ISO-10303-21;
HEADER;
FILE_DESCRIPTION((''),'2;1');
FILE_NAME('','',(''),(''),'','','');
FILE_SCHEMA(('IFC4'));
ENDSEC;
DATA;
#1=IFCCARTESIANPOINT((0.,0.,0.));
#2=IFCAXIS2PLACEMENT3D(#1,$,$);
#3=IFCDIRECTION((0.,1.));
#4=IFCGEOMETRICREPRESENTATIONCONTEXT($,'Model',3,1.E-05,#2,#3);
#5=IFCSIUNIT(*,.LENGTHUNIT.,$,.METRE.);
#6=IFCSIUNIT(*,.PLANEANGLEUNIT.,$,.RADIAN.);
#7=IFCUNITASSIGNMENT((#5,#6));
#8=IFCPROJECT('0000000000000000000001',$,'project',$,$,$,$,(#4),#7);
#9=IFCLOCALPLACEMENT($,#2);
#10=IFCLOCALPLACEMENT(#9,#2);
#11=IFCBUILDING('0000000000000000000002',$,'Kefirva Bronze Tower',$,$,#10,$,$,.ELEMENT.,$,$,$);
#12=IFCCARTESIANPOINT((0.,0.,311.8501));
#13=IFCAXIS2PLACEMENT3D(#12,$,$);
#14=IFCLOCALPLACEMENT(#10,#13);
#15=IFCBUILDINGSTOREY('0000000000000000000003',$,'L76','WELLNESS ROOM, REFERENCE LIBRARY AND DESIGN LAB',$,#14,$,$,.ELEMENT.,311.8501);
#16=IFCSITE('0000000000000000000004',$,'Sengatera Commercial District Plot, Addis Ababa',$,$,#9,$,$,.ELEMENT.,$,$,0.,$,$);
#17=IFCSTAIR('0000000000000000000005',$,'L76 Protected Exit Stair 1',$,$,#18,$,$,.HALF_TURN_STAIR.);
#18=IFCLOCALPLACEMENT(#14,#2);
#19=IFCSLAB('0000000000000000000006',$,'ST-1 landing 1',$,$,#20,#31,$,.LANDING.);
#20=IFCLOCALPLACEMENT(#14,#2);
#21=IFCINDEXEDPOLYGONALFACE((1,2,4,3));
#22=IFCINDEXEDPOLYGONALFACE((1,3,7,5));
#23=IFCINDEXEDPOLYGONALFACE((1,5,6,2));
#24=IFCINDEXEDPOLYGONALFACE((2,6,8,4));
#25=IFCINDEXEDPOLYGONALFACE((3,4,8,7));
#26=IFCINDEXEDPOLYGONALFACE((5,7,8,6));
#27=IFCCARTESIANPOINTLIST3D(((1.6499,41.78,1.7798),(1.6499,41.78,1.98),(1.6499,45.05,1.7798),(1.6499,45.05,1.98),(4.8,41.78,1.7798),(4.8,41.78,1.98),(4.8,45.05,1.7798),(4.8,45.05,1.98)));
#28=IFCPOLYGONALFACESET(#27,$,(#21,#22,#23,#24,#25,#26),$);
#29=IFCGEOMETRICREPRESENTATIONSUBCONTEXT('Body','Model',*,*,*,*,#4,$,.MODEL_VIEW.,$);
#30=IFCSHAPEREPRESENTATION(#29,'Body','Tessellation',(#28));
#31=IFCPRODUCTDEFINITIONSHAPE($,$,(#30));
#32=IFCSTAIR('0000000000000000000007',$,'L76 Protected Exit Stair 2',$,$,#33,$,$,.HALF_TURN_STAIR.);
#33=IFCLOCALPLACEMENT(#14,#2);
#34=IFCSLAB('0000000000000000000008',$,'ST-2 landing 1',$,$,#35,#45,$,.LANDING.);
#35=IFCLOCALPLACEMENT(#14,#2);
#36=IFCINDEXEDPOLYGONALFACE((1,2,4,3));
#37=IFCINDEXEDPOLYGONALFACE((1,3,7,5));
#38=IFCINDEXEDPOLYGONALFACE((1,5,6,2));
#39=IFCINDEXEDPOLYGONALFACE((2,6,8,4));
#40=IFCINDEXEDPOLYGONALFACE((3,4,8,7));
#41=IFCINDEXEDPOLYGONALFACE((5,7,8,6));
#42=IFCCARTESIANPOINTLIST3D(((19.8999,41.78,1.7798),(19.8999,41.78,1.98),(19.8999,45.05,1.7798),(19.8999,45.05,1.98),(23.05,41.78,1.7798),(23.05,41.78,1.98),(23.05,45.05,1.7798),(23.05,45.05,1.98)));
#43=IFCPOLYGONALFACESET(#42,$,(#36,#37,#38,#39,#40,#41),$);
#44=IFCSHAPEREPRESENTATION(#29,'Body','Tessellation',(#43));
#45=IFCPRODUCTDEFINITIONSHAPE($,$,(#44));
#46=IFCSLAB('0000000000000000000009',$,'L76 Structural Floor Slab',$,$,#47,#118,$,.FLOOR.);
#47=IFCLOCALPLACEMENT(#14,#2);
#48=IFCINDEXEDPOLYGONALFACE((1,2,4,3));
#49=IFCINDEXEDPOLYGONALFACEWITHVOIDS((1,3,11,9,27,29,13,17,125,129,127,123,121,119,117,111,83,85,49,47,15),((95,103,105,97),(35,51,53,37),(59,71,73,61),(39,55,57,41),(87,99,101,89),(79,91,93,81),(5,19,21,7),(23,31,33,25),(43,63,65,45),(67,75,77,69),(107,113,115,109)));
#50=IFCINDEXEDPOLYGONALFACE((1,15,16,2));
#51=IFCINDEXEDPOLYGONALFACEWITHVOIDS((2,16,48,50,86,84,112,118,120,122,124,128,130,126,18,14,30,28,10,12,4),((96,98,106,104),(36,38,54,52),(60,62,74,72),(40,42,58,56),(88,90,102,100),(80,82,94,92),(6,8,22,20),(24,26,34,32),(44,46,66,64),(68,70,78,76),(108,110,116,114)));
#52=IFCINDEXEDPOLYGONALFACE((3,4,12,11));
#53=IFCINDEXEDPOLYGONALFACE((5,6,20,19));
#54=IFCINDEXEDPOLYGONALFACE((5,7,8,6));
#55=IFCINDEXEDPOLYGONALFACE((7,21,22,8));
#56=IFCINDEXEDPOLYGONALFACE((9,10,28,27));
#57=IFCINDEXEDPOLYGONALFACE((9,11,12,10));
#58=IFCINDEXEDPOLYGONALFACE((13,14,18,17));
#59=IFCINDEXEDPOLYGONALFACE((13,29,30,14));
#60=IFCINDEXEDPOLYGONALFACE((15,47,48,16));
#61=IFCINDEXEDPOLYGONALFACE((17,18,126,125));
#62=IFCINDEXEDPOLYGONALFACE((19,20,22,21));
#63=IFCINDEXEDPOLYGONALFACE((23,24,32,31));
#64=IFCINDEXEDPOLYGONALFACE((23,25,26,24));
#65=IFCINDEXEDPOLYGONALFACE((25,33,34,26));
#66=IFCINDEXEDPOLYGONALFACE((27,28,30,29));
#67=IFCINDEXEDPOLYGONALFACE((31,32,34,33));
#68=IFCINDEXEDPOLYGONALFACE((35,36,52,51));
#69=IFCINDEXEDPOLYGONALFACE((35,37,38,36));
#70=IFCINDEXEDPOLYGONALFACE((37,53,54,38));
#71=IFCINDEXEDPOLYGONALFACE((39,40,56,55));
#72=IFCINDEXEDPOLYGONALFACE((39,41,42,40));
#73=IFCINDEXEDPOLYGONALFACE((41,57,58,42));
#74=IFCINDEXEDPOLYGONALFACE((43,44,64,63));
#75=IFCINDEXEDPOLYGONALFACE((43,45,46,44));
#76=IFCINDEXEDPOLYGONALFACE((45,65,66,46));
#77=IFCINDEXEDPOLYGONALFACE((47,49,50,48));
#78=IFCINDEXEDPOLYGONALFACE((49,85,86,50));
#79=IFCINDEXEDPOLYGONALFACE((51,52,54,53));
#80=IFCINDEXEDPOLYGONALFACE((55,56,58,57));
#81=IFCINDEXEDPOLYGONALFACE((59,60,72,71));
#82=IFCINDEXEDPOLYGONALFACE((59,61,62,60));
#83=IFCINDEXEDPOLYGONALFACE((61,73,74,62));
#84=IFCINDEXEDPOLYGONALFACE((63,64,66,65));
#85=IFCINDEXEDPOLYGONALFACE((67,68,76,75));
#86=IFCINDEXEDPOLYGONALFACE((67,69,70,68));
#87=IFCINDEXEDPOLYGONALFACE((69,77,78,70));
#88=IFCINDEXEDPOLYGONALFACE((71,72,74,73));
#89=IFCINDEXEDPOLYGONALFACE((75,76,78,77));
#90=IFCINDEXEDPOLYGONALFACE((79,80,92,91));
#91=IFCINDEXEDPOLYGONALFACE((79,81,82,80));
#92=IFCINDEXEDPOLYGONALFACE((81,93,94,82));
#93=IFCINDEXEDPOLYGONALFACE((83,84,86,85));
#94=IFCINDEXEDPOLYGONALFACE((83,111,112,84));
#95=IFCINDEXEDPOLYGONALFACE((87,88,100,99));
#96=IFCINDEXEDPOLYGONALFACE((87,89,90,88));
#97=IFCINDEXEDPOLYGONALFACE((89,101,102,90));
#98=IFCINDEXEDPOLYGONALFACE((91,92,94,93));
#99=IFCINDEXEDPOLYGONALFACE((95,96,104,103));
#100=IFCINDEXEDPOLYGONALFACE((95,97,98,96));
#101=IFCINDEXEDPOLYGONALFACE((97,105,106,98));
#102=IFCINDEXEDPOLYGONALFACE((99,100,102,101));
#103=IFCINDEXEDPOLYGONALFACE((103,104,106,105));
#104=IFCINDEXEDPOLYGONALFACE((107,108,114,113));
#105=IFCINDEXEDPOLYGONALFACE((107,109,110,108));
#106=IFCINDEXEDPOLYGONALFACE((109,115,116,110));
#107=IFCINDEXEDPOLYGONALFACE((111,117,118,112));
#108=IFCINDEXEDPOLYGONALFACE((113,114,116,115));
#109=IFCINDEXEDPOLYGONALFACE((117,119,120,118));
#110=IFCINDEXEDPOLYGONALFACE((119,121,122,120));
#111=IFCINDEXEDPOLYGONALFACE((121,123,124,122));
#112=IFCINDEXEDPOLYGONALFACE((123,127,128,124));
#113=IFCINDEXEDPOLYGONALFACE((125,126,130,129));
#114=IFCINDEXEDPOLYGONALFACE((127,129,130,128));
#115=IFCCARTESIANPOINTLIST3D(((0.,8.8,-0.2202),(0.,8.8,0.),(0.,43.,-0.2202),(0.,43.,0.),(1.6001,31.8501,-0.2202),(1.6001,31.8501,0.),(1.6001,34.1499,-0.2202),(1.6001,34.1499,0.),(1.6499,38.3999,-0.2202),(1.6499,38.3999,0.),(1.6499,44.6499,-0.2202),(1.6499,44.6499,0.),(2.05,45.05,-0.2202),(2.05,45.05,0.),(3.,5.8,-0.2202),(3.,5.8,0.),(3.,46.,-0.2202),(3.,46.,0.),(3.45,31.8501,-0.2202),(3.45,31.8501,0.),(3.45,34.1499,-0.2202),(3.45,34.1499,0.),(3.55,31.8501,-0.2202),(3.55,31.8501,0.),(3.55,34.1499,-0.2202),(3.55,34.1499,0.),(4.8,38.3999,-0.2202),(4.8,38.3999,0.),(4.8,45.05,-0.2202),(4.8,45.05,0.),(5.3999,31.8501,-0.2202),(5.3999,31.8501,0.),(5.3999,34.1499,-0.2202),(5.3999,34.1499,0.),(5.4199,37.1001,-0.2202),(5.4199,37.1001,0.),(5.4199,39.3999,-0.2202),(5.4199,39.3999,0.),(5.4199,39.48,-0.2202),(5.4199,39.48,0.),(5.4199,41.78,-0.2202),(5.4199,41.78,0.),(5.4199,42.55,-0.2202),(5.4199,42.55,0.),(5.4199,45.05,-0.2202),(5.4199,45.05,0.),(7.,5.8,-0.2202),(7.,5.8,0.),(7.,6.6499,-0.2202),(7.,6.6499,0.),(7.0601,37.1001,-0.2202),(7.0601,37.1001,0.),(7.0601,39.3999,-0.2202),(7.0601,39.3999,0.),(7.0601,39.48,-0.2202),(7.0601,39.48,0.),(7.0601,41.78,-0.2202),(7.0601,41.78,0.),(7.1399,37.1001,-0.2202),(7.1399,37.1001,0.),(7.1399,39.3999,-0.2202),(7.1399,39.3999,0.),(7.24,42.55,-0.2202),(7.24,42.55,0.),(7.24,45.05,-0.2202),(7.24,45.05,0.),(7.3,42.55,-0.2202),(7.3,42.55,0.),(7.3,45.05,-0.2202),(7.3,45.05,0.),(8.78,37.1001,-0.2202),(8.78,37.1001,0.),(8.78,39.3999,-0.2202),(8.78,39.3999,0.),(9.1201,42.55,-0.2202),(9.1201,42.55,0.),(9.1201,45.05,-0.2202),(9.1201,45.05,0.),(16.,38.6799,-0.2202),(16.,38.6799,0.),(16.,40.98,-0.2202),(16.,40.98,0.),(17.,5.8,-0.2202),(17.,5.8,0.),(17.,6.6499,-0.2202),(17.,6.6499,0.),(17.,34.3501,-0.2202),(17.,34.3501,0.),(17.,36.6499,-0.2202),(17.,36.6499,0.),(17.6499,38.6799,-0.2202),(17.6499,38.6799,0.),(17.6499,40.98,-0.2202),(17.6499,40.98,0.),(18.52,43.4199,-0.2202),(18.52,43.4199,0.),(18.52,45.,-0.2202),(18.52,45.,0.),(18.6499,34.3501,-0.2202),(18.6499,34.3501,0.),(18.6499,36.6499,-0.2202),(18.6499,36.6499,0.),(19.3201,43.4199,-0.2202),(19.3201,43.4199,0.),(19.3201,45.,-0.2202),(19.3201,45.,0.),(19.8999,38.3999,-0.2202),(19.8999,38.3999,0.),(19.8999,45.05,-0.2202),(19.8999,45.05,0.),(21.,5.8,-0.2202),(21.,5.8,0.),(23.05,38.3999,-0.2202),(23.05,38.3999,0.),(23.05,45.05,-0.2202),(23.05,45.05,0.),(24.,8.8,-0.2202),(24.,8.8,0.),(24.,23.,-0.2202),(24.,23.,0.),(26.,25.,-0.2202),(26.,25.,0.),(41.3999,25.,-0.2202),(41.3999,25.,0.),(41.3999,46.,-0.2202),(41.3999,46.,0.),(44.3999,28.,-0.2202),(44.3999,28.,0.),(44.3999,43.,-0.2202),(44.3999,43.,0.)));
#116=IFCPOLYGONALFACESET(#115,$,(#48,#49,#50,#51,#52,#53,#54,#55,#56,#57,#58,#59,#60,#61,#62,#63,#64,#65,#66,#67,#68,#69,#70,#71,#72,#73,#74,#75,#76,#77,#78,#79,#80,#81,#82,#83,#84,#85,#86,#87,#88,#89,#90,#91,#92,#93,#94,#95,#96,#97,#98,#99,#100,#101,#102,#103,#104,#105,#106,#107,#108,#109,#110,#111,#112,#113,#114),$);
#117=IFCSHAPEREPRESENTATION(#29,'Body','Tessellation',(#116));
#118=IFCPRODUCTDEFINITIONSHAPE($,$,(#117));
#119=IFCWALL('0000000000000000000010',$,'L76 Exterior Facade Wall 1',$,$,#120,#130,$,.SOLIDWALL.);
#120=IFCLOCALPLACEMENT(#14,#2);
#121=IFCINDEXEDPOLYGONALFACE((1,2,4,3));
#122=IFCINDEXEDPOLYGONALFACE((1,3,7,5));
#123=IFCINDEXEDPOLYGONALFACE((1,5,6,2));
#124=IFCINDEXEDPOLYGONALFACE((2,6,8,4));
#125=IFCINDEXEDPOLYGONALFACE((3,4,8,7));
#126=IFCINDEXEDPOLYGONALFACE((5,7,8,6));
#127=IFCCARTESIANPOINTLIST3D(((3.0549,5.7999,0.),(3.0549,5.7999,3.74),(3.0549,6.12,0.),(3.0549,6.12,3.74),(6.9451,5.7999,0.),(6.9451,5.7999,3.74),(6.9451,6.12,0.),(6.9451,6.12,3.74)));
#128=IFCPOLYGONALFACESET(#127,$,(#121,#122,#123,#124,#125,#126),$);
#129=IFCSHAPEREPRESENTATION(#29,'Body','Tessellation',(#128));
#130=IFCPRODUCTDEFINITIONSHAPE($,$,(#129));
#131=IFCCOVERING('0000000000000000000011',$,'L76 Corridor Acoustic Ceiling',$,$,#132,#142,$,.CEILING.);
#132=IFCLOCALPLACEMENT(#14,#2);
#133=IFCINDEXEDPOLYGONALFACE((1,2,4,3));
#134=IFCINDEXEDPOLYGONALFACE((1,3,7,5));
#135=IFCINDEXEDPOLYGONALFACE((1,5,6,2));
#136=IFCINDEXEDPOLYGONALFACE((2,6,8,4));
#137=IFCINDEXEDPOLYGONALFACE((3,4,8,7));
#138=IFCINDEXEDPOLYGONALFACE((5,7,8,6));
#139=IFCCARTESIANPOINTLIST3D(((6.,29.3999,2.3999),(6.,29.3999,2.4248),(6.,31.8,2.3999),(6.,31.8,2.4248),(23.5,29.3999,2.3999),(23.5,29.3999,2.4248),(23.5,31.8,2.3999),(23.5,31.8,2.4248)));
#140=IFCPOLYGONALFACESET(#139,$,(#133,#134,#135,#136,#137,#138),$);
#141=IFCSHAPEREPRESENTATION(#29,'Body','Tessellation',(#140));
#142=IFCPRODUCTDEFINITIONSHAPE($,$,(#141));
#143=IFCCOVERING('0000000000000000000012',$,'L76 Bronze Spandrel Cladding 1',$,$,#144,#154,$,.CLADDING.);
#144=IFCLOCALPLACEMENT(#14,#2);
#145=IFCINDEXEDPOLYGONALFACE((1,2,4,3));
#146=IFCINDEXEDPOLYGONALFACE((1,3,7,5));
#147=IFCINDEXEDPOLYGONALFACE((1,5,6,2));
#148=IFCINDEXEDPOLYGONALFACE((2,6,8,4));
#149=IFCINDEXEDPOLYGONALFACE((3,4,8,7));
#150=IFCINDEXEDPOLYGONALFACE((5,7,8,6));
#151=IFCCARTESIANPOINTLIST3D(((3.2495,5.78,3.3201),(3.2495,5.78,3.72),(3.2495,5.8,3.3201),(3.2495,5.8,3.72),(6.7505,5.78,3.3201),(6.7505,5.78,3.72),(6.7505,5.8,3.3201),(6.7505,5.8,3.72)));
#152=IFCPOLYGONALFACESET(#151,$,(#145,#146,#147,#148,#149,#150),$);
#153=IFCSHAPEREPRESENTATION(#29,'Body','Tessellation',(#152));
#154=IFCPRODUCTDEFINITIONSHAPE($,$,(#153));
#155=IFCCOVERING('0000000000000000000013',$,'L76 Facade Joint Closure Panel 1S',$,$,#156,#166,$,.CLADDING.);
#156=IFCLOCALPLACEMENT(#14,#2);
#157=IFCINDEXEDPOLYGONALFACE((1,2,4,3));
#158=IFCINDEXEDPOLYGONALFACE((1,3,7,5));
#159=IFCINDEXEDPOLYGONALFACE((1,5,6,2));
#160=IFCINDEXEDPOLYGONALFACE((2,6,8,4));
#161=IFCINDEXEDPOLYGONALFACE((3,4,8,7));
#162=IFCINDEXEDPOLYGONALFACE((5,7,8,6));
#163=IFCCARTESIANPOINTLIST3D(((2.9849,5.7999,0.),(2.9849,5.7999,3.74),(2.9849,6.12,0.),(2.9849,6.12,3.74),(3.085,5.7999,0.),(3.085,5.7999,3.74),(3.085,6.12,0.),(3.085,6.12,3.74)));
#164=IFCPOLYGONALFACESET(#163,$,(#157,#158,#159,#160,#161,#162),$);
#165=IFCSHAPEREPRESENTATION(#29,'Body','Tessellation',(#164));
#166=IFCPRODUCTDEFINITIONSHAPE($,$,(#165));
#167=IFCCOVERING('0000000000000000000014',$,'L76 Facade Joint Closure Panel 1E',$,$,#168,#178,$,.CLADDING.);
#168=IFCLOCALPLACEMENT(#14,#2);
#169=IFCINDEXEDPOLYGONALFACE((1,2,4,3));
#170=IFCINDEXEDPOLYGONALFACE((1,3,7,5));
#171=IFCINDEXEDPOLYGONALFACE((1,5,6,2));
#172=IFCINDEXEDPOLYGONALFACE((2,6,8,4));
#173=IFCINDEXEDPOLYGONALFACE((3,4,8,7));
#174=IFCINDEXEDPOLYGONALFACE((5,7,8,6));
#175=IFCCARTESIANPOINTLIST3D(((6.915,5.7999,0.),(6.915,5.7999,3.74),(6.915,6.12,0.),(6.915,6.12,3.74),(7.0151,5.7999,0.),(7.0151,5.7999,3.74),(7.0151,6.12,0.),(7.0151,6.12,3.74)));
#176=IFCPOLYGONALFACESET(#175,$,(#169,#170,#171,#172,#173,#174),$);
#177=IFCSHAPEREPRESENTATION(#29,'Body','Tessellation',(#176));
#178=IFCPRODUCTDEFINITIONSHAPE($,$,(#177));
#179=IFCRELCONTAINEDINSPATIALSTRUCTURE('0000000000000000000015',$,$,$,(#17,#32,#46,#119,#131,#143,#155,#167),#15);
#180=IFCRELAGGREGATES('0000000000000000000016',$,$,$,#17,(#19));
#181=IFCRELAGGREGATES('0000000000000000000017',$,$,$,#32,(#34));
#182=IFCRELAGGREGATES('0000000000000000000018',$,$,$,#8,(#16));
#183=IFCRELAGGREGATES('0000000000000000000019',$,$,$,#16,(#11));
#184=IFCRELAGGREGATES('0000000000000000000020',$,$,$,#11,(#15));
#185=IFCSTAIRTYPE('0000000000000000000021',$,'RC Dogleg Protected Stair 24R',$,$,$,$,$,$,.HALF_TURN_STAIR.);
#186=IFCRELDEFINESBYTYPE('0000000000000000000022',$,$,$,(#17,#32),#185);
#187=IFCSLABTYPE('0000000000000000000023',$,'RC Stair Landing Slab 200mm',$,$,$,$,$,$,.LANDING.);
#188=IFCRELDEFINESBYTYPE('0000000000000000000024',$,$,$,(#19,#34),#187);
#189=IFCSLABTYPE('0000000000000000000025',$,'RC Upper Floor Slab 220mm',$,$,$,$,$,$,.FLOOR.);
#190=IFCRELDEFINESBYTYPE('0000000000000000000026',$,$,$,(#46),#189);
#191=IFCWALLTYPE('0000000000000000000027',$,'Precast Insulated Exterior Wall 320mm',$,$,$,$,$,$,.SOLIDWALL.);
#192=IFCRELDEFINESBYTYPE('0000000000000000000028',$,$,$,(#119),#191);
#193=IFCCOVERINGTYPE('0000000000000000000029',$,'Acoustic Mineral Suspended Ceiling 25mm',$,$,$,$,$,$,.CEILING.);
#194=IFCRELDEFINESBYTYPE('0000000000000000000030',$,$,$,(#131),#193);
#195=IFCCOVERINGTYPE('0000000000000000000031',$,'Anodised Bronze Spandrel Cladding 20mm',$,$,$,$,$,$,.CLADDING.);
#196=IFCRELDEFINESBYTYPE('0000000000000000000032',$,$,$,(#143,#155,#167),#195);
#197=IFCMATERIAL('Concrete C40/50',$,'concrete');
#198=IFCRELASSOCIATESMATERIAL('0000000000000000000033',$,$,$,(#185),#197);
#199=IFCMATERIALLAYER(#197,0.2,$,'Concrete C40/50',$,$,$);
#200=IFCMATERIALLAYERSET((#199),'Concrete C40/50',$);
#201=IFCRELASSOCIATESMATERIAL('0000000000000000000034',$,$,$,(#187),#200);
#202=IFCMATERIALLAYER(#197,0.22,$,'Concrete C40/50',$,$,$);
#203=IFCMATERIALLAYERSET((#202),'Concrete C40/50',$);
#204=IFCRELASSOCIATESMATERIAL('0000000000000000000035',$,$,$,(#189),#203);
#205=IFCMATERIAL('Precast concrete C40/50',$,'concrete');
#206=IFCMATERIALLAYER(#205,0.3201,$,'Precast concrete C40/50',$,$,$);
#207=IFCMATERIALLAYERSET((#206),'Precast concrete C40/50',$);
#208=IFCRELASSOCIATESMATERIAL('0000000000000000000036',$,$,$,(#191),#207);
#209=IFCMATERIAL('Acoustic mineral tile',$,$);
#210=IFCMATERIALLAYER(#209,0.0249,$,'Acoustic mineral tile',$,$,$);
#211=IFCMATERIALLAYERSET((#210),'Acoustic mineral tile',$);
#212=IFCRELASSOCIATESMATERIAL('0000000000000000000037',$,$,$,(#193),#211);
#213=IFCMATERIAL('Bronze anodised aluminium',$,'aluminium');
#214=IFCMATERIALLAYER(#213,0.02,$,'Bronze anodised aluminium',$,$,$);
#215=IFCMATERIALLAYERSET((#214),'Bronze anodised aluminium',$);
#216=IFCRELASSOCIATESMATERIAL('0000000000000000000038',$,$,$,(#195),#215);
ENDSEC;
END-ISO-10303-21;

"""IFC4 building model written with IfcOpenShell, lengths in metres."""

from ifc_helpers import new_model, si_unit, direction, frame, frame_2d, origin, origin_2d, place, context, subcontext, project, spatial, polyline, rectangle, outline, extrude, material, layer, layer_set, type_object, element, aggregate, save


model = new_model("IFC4")

# Units and contexts
model_context = context("Model", 3, precision=1e-05, world=origin(), true_north=direction((0.0, 1.0)))
body_context = subcontext(model_context, "Body", "Model", "MODEL_VIEW")
ifc_project = project(units=[si_unit("LENGTHUNIT", "METRE"), si_unit("PLANEANGLEUNIT", "RADIAN")], contexts=[model_context])

# Site, building, storey
site_placement = place(None, origin())
site = spatial("IfcSite", under=ifc_project, at=site_placement, Name="Sengatera Commercial District Plot, Addis Ababa", CompositionType="ELEMENT", RefElevation=0.0)
building_placement = place(site_placement, origin())
building = spatial("IfcBuilding", under=site, at=building_placement, Name="Kefirva Bronze Tower", CompositionType="ELEMENT")
storey_placement = place(building_placement, frame((0.0, 0.0, 311.8501)))
storey = spatial("IfcBuildingStorey", under=building, at=storey_placement, Name="L76", Description="WELLNESS ROOM, REFERENCE LIBRARY AND DESIGN LAB", CompositionType="ELEMENT", Elevation=311.8501)

# Stairs, slabs
ifc_material_1 = material(Name="Concrete C40/50", Category="concrete")
stair_type = type_object("IfcStairType", Name="RC Dogleg Protected Stair 24R", PredefinedType="HALF_TURN_STAIR", material=ifc_material_1)
stair_1_placement = place(storey_placement, origin())
stair_1 = element("IfcStair", 1, at=stair_1_placement, inside=storey, type_object=stair_type, Name="L76 Protected Exit Stair 1", PredefinedType="HALF_TURN_STAIR")
ifc_layer_1 = layer(ifc_material_1, 0.2, Name="Concrete C40/50")
ifc_layer_set_1 = layer_set([ifc_layer_1], Name="Concrete C40/50")
slab_type_1 = type_object("IfcSlabType", Name="RC Stair Landing Slab 200mm", PredefinedType="LANDING", material=ifc_layer_set_1)
slab_1_placement = place(storey_placement, frame((0.0, 0.0, 1.7798)))
slab_1 = element("IfcSlab", 2, at=slab_1_placement, type_object=slab_type_1, Name="ST-1 landing 1", PredefinedType="LANDING", context=body_context, shape_type="SweptSolid", body=[
    extrude(outline(polyline([(4.8, 41.78), (4.8, 45.05), (1.6499, 45.05), (1.6499, 41.78), (4.8, 41.78)])), origin(), (0.0, 0.0, 1.0), 0.2002),
])
aggregate(stair_1, [slab_1])
stair_2_placement = place(storey_placement, origin())
stair_2 = element("IfcStair", 3, at=stair_2_placement, inside=storey, type_object=stair_type, Name="L76 Protected Exit Stair 2", PredefinedType="HALF_TURN_STAIR")
slab_2_placement = place(storey_placement, frame((0.0, 0.0, 1.7798)))
slab_2 = element("IfcSlab", 4, at=slab_2_placement, type_object=slab_type_1, Name="ST-2 landing 1", PredefinedType="LANDING", context=body_context, shape_type="SweptSolid", body=[
    extrude(outline(polyline([(23.05, 41.78), (23.05, 45.05), (19.8999, 45.05), (19.8999, 41.78), (23.05, 41.78)])), origin(), (0.0, 0.0, 1.0), 0.2002),
])
aggregate(stair_2, [slab_2])

# Slab
ifc_layer_2 = layer(ifc_material_1, 0.22, Name="Concrete C40/50")
ifc_layer_set_2 = layer_set([ifc_layer_2], Name="Concrete C40/50")
slab_type_2 = type_object("IfcSlabType", Name="RC Upper Floor Slab 220mm", PredefinedType="FLOOR", material=ifc_layer_set_2)
slab_3_placement = place(storey_placement, frame((0.0, 0.0, -0.2202)))
element("IfcSlab", 5, at=slab_3_placement, inside=storey, type_object=slab_type_2, Name="L76 Structural Floor Slab", PredefinedType="FLOOR", context=body_context, shape_type="SweptSolid", body=[
    extrude(outline(polyline([(0.0, 8.8), (0.0, 43.0), (1.6499, 44.6499), (1.6499, 38.3999), (4.8, 38.3999), (4.8, 45.05), (2.05, 45.05), (3.0, 46.0), (41.3999, 46.0), (44.3999, 43.0), (44.3999, 28.0), (41.3999, 25.0), (26.0, 25.0), (24.0, 23.0), (24.0, 8.8), (21.0, 5.8), (17.0, 5.8), (17.0, 6.6499), (7.0, 6.6499), (7.0, 5.8), (3.0, 5.8), (0.0, 8.8)]), holes=[polyline([(23.05, 45.05), (19.8999, 45.05), (19.8999, 38.3999), (23.05, 38.3999), (23.05, 45.05)]), polyline([(19.3201, 43.4199), (19.3201, 45.0), (18.52, 45.0), (18.52, 43.4199), (19.3201, 43.4199)]), polyline([(18.6499, 36.6499), (17.0, 36.6499), (17.0, 34.3501), (18.6499, 34.3501), (18.6499, 36.6499)]), polyline([(17.6499, 38.6799), (17.6499, 40.98), (16.0, 40.98), (16.0, 38.6799), (17.6499, 38.6799)]), polyline([(9.1201, 42.55), (9.1201, 45.05), (7.3, 45.05), (7.3, 42.55), (9.1201, 42.55)]), polyline([(8.78, 37.1001), (8.78, 39.3999), (7.1399, 39.3999), (7.1399, 37.1001), (8.78, 37.1001)]), polyline([(7.24, 42.55), (7.24, 45.05), (5.4199, 45.05), (5.4199, 42.55), (7.24, 42.55)]), polyline([(7.0601, 37.1001), (7.0601, 39.3999), (5.4199, 39.3999), (5.4199, 37.1001), (7.0601, 37.1001)]), polyline([(7.0601, 41.78), (5.4199, 41.78), (5.4199, 39.48), (7.0601, 39.48), (7.0601, 41.78)]), polyline([(5.3999, 31.8501), (5.3999, 34.1499), (3.55, 34.1499), (3.55, 31.8501), (5.3999, 31.8501)]), polyline([(3.45, 34.1499), (1.6001, 34.1499), (1.6001, 31.8501), (3.45, 31.8501), (3.45, 34.1499)])]), origin(), (0.0, 0.0, 1.0), 0.2202),
])

# Wall
ifc_material_2 = material(Name="Precast concrete C40/50", Category="concrete")
ifc_layer_3 = layer(ifc_material_2, 0.3201, Name="Precast concrete C40/50")
ifc_layer_set_3 = layer_set([ifc_layer_3], Name="Precast concrete C40/50")
wall_type = type_object("IfcWallType", Name="Precast Insulated Exterior Wall 320mm", PredefinedType="SOLIDWALL", material=ifc_layer_set_3)
wall_placement = place(storey_placement, frame((3.0549, 5.96, 0.0), z_axis=(0.0, 0.0, 1.0), x_axis=(1.0, 0.0, 0.0)))
element("IfcWall", 6, at=wall_placement, inside=storey, type_object=wall_type, Name="L76 Exterior Facade Wall 1", PredefinedType="SOLIDWALL", context=body_context, shape_type="SweptSolid", body=[
    extrude(rectangle(XDim=3.8901, YDim=0.3201, at=frame_2d((1.9451, 0.0))), origin(), (0.0, 0.0, 1.0), 3.74),
])

# Coverings
ifc_material_3 = material(Name="Acoustic mineral tile")
ifc_layer_4 = layer(ifc_material_3, 0.0249, Name="Acoustic mineral tile")
ifc_layer_set_4 = layer_set([ifc_layer_4], Name="Acoustic mineral tile")
covering_type_1 = type_object("IfcCoveringType", Name="Acoustic Mineral Suspended Ceiling 25mm", PredefinedType="CEILING", material=ifc_layer_set_4)
covering_1_placement = place(storey_placement, frame((0.0, 0.0, 2.3999)))
element("IfcCovering", 7, at=covering_1_placement, inside=storey, type_object=covering_type_1, Name="L76 Corridor Acoustic Ceiling", PredefinedType="CEILING", context=body_context, shape_type="SweptSolid", body=[
    extrude(outline(polyline([(6.0, 29.3999), (23.5, 29.3999), (23.5, 31.8), (6.0, 31.8), (6.0, 29.3999)])), origin(), (0.0, 0.0, 1.0), 0.0249),
])
ifc_material_4 = material(Name="Bronze anodised aluminium", Category="aluminium")
ifc_layer_5 = layer(ifc_material_4, 0.02, Name="Bronze anodised aluminium")
ifc_layer_set_5 = layer_set([ifc_layer_5], Name="Bronze anodised aluminium")
covering_type_2 = type_object("IfcCoveringType", Name="Anodised Bronze Spandrel Cladding 20mm", PredefinedType="CLADDING", material=ifc_layer_set_5)
covering_2_placement = place(storey_placement, frame((5.0, 5.79, 3.3201), z_axis=(0.0, 0.0, 1.0), x_axis=(1.0, 0.0, 0.0)))
element("IfcCovering", 8, at=covering_2_placement, inside=storey, type_object=covering_type_2, Name="L76 Bronze Spandrel Cladding 1", PredefinedType="CLADDING", context=body_context, shape_type="SweptSolid", body=[
    extrude(rectangle(XDim=3.501, YDim=0.02, at=origin_2d()), origin(), (0.0, 0.0, 1.0), 0.3999),
])
for number, where, z_axis, x_axis, name in (
    (9, (3.0349, 5.96, 0.0), (0.0, 0.0, 1.0), (1.0, 0.0, 0.0), "L76 Facade Joint Closure Panel 1S"),
    (10, (6.9651, 5.96, 0.0), (0.0, 0.0, 1.0), (1.0, 0.0, 0.0), "L76 Facade Joint Closure Panel 1E"),
):
    element("IfcCovering", number, at=place(storey_placement, frame(where, z_axis=z_axis, x_axis=x_axis)), inside=storey, type_object=covering_type_2, Name=name, PredefinedType="CLADDING", context=body_context, shape_type="SweptSolid", body=[
        extrude(rectangle(XDim=0.1001, YDim=0.3201, at=origin_2d()), origin(), (0.0, 0.0, 1.0), 3.74),
    ])

save(model, "model.ifc")
